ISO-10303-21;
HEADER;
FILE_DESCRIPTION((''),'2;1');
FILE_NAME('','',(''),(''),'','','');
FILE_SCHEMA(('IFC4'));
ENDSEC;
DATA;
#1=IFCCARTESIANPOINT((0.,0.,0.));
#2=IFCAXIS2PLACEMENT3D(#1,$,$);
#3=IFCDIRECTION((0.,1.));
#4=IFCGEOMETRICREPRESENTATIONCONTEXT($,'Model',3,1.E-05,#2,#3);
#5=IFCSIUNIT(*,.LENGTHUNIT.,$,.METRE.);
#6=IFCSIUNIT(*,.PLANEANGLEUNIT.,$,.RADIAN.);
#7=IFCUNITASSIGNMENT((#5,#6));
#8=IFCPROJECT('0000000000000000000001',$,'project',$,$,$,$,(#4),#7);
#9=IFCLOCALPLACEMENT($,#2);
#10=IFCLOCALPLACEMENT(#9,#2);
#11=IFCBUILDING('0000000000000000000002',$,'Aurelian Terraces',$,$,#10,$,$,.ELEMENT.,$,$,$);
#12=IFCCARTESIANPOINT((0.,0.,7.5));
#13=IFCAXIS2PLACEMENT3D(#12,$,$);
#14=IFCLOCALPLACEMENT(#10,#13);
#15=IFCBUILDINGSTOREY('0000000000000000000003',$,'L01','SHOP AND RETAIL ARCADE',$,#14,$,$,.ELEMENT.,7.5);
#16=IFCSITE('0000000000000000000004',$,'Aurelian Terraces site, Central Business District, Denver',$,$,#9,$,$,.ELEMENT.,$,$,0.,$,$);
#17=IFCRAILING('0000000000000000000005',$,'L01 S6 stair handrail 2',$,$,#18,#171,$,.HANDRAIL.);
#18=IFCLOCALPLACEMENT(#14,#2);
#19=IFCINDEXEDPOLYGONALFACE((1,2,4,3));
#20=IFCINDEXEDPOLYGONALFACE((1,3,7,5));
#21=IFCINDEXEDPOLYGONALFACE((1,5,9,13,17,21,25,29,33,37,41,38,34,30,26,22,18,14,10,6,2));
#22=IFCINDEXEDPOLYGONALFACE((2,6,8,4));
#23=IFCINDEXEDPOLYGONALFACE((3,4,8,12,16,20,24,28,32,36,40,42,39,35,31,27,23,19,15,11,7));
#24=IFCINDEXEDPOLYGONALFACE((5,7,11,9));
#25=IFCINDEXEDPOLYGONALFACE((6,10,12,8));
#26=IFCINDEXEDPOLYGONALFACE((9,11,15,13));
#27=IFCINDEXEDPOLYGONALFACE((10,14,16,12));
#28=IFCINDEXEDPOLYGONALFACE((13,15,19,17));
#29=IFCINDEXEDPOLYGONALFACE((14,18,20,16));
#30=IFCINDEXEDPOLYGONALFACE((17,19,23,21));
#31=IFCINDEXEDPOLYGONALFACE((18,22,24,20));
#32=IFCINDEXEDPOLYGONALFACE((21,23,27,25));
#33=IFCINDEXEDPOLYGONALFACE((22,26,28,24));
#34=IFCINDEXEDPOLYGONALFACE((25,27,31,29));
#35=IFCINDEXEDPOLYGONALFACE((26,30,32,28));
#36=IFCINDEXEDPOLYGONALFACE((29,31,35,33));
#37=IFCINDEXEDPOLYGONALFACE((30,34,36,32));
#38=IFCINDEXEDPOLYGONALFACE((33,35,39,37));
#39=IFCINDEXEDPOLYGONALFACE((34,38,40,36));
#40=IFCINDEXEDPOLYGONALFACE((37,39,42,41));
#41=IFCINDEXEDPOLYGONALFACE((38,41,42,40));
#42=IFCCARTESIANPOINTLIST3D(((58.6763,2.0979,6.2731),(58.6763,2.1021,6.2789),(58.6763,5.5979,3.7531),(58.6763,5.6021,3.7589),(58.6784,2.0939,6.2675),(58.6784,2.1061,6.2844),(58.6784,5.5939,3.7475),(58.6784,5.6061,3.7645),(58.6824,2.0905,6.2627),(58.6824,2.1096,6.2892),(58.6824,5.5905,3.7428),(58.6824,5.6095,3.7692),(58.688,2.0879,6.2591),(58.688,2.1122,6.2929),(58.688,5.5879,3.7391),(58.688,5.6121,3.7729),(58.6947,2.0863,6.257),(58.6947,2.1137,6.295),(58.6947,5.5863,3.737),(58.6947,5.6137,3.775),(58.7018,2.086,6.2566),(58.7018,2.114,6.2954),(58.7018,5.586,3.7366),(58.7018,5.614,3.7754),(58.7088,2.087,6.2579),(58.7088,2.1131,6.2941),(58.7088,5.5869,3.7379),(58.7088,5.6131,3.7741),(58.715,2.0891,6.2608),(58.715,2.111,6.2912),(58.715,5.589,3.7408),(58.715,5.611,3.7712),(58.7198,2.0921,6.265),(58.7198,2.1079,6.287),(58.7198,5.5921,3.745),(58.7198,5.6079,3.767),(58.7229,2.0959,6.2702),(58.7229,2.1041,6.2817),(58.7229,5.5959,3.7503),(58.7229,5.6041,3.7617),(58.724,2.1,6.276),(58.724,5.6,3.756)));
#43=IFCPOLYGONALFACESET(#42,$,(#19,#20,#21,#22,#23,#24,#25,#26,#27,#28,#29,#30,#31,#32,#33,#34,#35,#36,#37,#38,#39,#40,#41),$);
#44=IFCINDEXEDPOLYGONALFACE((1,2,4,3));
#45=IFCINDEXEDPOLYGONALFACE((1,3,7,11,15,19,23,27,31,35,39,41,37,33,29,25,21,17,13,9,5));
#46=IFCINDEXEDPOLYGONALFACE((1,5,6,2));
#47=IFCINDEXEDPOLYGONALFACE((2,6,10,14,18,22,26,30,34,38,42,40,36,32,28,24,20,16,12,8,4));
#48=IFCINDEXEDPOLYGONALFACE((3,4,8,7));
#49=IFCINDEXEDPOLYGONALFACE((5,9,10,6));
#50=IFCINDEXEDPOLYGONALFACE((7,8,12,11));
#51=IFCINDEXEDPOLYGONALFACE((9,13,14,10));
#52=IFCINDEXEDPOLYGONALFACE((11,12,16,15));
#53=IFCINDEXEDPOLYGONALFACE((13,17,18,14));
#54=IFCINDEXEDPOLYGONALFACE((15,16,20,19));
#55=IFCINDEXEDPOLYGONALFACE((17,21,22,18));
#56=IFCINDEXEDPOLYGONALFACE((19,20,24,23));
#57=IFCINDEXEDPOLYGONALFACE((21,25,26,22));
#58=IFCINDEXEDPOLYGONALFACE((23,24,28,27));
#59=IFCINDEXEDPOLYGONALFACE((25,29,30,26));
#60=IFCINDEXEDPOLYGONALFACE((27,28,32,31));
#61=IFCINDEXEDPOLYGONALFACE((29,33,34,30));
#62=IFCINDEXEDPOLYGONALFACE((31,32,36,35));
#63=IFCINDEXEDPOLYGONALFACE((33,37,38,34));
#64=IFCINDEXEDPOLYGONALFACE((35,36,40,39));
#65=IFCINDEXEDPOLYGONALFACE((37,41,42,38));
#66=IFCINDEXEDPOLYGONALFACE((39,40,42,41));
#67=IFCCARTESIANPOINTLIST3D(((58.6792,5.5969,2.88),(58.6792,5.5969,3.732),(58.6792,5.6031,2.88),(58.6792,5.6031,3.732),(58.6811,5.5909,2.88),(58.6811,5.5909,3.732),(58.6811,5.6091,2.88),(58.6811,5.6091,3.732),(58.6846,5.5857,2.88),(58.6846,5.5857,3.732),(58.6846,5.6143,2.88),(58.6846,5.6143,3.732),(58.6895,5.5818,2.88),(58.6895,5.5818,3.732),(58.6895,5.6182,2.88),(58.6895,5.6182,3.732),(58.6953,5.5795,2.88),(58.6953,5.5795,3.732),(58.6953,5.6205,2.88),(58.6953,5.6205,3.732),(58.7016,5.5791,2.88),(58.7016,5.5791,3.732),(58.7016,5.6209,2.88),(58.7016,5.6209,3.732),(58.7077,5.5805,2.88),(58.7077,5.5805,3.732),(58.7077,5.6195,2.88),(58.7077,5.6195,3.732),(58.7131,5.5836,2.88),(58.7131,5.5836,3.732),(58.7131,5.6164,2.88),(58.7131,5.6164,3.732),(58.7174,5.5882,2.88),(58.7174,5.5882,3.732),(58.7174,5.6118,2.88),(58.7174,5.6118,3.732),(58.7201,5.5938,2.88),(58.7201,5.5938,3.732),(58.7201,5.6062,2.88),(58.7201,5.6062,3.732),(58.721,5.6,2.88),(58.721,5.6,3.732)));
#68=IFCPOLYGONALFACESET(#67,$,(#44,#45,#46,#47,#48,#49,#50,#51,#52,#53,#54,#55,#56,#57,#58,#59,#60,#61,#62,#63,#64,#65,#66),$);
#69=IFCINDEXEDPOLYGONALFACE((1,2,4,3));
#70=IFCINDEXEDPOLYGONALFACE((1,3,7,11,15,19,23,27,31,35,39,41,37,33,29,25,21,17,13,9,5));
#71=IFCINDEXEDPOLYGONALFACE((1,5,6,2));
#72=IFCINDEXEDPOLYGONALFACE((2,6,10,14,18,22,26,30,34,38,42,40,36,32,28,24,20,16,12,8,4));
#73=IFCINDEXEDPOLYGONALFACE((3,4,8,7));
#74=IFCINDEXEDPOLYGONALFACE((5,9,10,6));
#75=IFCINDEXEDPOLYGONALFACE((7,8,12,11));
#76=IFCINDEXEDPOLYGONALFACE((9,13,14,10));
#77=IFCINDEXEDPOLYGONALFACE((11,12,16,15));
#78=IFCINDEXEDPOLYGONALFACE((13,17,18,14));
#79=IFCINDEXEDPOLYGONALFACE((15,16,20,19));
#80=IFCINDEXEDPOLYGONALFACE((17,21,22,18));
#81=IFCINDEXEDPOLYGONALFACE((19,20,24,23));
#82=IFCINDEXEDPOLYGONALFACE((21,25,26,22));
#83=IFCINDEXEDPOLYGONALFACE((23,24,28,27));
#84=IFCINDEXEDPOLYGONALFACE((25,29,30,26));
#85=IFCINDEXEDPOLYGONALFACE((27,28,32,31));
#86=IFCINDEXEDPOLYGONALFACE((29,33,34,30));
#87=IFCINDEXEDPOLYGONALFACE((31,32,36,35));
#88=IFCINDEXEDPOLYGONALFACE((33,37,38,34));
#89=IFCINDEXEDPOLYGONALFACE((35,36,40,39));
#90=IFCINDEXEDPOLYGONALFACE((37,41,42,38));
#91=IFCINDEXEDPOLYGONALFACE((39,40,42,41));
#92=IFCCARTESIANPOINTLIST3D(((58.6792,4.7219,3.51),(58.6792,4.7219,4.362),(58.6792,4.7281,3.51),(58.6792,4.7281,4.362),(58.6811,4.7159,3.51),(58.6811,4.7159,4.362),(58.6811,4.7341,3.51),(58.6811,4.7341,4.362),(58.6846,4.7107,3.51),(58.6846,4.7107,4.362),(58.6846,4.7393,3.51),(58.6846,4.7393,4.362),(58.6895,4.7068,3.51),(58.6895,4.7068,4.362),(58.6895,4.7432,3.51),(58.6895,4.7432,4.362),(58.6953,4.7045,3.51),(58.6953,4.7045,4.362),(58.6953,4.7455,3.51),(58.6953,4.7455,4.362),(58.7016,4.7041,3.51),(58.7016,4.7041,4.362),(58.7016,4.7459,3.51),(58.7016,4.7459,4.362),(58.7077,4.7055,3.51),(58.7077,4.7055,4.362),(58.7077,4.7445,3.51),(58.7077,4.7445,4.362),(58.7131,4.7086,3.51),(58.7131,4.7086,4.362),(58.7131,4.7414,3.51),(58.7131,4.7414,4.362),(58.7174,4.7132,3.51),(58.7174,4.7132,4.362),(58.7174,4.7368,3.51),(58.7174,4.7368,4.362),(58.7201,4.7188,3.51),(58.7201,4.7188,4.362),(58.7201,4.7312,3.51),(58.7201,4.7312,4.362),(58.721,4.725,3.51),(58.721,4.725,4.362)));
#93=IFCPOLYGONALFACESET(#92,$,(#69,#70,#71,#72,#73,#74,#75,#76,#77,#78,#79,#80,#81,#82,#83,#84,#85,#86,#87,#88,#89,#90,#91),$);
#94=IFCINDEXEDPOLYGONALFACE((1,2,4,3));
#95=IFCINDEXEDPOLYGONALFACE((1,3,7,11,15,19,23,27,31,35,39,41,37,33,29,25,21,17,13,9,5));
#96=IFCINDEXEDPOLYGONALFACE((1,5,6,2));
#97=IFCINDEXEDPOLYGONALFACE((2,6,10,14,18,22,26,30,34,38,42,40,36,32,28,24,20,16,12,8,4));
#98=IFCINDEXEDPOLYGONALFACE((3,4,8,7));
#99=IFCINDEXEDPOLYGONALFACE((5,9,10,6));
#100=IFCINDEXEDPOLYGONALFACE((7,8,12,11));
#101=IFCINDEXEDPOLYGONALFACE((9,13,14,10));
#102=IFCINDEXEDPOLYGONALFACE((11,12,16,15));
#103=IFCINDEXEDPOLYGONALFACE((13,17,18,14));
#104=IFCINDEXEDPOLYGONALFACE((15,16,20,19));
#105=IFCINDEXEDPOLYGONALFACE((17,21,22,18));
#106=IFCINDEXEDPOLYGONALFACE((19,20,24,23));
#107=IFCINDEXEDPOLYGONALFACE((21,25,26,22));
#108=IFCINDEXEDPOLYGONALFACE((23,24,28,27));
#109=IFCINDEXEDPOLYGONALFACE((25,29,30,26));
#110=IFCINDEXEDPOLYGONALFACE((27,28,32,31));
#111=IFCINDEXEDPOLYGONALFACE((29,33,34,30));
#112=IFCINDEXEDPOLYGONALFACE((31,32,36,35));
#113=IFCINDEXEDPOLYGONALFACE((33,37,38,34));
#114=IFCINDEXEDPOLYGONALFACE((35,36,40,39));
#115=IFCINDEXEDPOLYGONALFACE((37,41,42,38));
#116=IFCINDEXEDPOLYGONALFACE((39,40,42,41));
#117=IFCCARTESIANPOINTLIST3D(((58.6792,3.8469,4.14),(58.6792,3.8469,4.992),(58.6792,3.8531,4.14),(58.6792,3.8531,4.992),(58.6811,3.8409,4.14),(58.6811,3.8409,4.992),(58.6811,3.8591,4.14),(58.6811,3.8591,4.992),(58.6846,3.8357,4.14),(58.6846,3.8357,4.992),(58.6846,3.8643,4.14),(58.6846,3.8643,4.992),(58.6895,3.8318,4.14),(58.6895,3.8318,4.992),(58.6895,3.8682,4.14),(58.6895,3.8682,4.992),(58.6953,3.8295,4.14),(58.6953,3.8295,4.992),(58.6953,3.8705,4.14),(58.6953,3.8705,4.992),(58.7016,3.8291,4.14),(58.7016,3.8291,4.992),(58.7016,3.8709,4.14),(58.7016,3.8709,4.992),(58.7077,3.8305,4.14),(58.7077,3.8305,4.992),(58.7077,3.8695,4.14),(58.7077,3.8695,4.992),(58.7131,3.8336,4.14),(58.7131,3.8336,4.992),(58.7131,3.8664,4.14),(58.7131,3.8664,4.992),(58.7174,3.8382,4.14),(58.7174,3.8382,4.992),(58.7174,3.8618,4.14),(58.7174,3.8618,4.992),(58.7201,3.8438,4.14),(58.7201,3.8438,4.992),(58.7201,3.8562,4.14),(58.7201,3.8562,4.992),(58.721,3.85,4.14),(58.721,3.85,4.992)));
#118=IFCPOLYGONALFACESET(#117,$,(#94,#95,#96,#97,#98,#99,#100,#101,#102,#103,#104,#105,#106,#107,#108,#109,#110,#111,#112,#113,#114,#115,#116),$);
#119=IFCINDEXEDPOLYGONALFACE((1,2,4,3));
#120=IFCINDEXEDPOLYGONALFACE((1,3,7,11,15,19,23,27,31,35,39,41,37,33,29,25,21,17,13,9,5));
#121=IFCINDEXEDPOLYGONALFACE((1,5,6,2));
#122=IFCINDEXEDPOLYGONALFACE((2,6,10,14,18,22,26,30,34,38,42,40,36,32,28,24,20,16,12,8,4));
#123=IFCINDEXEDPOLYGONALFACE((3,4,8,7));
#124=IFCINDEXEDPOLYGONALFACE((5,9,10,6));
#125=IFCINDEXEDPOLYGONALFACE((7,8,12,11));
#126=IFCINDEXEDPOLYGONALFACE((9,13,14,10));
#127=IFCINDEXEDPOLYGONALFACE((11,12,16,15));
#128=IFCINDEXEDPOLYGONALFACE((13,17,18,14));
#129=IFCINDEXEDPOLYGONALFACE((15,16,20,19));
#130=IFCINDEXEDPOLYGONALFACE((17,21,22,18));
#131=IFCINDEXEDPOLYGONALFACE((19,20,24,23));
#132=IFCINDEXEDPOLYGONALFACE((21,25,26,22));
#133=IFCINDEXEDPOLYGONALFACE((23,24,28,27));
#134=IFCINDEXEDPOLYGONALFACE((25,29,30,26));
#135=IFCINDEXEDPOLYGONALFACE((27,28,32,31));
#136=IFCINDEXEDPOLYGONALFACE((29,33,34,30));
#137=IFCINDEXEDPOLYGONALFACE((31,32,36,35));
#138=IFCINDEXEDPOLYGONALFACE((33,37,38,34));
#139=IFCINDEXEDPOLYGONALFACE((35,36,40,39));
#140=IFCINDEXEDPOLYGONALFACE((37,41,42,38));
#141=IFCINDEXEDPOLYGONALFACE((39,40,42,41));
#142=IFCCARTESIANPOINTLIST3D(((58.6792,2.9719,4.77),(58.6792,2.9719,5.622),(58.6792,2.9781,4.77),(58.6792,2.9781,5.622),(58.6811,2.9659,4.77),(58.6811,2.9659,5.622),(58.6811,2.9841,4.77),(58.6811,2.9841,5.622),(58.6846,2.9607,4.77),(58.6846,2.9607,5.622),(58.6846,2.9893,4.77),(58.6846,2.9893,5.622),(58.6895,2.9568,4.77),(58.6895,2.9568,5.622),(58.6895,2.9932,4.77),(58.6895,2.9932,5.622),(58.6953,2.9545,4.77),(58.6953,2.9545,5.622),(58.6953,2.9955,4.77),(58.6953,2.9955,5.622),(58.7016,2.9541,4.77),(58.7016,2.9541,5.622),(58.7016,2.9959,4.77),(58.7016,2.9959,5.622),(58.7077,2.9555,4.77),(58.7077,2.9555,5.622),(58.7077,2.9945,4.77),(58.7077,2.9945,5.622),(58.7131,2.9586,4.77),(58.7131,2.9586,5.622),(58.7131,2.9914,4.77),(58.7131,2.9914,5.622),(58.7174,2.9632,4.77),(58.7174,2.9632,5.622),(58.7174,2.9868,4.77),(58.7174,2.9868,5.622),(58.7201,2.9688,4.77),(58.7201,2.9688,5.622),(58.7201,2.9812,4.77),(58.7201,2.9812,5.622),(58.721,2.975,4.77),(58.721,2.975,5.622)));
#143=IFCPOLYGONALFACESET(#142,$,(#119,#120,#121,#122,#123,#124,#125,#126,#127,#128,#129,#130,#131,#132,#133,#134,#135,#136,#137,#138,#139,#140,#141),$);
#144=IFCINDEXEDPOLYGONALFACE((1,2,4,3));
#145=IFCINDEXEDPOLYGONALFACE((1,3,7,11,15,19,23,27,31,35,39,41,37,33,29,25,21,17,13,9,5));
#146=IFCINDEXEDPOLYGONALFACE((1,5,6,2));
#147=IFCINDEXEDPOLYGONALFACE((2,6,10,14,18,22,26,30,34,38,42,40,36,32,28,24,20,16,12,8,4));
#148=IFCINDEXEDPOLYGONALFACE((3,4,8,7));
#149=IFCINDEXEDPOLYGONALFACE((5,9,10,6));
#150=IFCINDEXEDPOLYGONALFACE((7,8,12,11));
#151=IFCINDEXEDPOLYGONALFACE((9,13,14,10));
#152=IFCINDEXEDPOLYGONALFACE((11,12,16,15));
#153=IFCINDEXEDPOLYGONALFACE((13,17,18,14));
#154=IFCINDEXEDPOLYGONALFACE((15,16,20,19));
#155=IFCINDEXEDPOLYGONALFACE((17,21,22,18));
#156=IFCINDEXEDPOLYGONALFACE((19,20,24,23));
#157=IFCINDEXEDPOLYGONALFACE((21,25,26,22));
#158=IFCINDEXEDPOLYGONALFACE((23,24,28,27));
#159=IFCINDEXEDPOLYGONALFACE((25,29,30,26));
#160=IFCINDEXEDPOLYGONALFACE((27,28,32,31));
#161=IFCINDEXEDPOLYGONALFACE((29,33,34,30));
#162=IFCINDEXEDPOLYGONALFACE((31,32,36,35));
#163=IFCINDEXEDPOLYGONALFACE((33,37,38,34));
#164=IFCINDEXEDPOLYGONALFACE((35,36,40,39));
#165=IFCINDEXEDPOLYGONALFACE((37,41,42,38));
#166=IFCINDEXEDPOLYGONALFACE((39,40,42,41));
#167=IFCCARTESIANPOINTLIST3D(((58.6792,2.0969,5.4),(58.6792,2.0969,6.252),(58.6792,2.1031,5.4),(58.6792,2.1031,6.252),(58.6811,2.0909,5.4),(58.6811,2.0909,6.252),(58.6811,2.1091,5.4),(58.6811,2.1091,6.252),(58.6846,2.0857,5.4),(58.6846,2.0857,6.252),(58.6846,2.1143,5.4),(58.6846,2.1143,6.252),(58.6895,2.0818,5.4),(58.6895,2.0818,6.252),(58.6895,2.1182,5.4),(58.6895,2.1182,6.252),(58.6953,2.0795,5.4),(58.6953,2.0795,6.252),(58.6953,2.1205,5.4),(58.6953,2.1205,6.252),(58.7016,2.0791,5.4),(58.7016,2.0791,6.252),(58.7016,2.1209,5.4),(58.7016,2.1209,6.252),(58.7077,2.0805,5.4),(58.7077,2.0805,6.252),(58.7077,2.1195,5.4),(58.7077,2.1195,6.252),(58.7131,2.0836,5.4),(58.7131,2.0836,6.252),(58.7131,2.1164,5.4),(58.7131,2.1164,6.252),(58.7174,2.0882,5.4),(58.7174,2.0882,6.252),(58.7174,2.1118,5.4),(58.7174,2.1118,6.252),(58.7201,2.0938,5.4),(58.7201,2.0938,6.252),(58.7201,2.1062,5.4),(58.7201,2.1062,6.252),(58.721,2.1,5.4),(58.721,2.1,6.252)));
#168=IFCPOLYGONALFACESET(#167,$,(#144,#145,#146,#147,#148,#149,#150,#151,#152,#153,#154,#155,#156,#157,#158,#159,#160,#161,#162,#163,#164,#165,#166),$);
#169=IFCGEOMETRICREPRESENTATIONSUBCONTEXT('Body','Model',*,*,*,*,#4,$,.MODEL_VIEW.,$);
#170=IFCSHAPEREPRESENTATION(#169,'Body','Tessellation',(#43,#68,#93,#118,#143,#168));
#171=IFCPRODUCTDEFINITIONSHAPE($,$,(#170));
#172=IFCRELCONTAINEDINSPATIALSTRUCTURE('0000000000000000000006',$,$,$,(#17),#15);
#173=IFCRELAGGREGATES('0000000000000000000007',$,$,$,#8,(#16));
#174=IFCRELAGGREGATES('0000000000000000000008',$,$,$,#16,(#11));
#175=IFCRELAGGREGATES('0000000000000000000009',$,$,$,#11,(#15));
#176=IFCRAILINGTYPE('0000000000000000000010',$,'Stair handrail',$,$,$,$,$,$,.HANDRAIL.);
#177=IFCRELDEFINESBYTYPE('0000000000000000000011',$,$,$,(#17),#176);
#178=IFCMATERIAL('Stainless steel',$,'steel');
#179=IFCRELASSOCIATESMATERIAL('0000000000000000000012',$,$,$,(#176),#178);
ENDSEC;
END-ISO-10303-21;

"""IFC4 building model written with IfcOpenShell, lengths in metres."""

from ifc_helpers import new_model, si_unit, direction, frame, origin, origin_2d, place, context, subcontext, project, spatial, circle, extrude, source, transform, mapped, material, type_object, element, save


model = new_model("IFC4")

# Units and contexts
model_context = context("Model", 3, precision=1e-05, world=origin(), true_north=direction((0.0, 1.0)))
body_context = subcontext(model_context, "Body", "Model", "MODEL_VIEW")
ifc_project = project(units=[si_unit("LENGTHUNIT", "METRE"), si_unit("PLANEANGLEUNIT", "RADIAN")], contexts=[model_context])

# Site, building, storey
site_placement = place(None, origin())
site = spatial("IfcSite", under=ifc_project, at=site_placement, Name="Aurelian Terraces site, Central Business District, Denver", CompositionType="ELEMENT", RefElevation=0.0)
building_placement = place(site_placement, origin())
building = spatial("IfcBuilding", under=site, at=building_placement, Name="Aurelian Terraces", CompositionType="ELEMENT")
storey_placement = place(building_placement, frame((0.0, 0.0, 7.5)))
storey = spatial("IfcBuildingStorey", under=building, at=storey_placement, Name="L01", Description="SHOP AND RETAIL ARCADE", CompositionType="ELEMENT", Elevation=7.5)

# Railing
ifc_material_1 = material(Name="Stainless steel", Category="steel")
railing_type_1 = type_object("IfcRailingType", Name="Stair handrail", PredefinedType="HANDRAIL", material=ifc_material_1)
shared_shape_1 = source(origin(), body_context, "Body", "SweptSolid", [
    extrude(circle(Radius=0.024, at=origin_2d()), frame((0.0, 0.0, 0.876), z_axis=(0.0, -0.811534, 0.584305), x_axis=(1.0, 0.0, 0.0)), (0.0, 0.0, 1.0), 4.3128),
    extrude(circle(Radius=0.021, at=origin_2d()), origin(), (0.0, 0.0, 1.0), 0.852),
    extrude(circle(Radius=0.021, at=origin_2d()), frame((0.0, -0.875, 0.63)), (0.0, 0.0, 1.0), 0.852),
    extrude(circle(Radius=0.021, at=origin_2d()), frame((0.0, -1.75, 1.26)), (0.0, 0.0, 1.0), 0.852),
    extrude(circle(Radius=0.021, at=origin_2d()), frame((0.0, -2.625, 1.89)), (0.0, 0.0, 1.0), 0.852),
    extrude(circle(Radius=0.021, at=origin_2d()), frame((0.0, -3.5, 2.52)), (0.0, 0.0, 1.0), 0.852),
])
railing_1_placement = place(storey_placement, frame((58.7, 5.6, 2.88)))
element("IfcRailing", 1, at=railing_1_placement, inside=storey, type_object=railing_type_1, Name="L01 S6 stair handrail 2", PredefinedType="HANDRAIL", context=body_context, shape_type="MappedRepresentation", body=[
    mapped(shared_shape_1, transform((0.0, 0.0, 0.0), scale=1.0)),
])

save(model, "model.ifc")
